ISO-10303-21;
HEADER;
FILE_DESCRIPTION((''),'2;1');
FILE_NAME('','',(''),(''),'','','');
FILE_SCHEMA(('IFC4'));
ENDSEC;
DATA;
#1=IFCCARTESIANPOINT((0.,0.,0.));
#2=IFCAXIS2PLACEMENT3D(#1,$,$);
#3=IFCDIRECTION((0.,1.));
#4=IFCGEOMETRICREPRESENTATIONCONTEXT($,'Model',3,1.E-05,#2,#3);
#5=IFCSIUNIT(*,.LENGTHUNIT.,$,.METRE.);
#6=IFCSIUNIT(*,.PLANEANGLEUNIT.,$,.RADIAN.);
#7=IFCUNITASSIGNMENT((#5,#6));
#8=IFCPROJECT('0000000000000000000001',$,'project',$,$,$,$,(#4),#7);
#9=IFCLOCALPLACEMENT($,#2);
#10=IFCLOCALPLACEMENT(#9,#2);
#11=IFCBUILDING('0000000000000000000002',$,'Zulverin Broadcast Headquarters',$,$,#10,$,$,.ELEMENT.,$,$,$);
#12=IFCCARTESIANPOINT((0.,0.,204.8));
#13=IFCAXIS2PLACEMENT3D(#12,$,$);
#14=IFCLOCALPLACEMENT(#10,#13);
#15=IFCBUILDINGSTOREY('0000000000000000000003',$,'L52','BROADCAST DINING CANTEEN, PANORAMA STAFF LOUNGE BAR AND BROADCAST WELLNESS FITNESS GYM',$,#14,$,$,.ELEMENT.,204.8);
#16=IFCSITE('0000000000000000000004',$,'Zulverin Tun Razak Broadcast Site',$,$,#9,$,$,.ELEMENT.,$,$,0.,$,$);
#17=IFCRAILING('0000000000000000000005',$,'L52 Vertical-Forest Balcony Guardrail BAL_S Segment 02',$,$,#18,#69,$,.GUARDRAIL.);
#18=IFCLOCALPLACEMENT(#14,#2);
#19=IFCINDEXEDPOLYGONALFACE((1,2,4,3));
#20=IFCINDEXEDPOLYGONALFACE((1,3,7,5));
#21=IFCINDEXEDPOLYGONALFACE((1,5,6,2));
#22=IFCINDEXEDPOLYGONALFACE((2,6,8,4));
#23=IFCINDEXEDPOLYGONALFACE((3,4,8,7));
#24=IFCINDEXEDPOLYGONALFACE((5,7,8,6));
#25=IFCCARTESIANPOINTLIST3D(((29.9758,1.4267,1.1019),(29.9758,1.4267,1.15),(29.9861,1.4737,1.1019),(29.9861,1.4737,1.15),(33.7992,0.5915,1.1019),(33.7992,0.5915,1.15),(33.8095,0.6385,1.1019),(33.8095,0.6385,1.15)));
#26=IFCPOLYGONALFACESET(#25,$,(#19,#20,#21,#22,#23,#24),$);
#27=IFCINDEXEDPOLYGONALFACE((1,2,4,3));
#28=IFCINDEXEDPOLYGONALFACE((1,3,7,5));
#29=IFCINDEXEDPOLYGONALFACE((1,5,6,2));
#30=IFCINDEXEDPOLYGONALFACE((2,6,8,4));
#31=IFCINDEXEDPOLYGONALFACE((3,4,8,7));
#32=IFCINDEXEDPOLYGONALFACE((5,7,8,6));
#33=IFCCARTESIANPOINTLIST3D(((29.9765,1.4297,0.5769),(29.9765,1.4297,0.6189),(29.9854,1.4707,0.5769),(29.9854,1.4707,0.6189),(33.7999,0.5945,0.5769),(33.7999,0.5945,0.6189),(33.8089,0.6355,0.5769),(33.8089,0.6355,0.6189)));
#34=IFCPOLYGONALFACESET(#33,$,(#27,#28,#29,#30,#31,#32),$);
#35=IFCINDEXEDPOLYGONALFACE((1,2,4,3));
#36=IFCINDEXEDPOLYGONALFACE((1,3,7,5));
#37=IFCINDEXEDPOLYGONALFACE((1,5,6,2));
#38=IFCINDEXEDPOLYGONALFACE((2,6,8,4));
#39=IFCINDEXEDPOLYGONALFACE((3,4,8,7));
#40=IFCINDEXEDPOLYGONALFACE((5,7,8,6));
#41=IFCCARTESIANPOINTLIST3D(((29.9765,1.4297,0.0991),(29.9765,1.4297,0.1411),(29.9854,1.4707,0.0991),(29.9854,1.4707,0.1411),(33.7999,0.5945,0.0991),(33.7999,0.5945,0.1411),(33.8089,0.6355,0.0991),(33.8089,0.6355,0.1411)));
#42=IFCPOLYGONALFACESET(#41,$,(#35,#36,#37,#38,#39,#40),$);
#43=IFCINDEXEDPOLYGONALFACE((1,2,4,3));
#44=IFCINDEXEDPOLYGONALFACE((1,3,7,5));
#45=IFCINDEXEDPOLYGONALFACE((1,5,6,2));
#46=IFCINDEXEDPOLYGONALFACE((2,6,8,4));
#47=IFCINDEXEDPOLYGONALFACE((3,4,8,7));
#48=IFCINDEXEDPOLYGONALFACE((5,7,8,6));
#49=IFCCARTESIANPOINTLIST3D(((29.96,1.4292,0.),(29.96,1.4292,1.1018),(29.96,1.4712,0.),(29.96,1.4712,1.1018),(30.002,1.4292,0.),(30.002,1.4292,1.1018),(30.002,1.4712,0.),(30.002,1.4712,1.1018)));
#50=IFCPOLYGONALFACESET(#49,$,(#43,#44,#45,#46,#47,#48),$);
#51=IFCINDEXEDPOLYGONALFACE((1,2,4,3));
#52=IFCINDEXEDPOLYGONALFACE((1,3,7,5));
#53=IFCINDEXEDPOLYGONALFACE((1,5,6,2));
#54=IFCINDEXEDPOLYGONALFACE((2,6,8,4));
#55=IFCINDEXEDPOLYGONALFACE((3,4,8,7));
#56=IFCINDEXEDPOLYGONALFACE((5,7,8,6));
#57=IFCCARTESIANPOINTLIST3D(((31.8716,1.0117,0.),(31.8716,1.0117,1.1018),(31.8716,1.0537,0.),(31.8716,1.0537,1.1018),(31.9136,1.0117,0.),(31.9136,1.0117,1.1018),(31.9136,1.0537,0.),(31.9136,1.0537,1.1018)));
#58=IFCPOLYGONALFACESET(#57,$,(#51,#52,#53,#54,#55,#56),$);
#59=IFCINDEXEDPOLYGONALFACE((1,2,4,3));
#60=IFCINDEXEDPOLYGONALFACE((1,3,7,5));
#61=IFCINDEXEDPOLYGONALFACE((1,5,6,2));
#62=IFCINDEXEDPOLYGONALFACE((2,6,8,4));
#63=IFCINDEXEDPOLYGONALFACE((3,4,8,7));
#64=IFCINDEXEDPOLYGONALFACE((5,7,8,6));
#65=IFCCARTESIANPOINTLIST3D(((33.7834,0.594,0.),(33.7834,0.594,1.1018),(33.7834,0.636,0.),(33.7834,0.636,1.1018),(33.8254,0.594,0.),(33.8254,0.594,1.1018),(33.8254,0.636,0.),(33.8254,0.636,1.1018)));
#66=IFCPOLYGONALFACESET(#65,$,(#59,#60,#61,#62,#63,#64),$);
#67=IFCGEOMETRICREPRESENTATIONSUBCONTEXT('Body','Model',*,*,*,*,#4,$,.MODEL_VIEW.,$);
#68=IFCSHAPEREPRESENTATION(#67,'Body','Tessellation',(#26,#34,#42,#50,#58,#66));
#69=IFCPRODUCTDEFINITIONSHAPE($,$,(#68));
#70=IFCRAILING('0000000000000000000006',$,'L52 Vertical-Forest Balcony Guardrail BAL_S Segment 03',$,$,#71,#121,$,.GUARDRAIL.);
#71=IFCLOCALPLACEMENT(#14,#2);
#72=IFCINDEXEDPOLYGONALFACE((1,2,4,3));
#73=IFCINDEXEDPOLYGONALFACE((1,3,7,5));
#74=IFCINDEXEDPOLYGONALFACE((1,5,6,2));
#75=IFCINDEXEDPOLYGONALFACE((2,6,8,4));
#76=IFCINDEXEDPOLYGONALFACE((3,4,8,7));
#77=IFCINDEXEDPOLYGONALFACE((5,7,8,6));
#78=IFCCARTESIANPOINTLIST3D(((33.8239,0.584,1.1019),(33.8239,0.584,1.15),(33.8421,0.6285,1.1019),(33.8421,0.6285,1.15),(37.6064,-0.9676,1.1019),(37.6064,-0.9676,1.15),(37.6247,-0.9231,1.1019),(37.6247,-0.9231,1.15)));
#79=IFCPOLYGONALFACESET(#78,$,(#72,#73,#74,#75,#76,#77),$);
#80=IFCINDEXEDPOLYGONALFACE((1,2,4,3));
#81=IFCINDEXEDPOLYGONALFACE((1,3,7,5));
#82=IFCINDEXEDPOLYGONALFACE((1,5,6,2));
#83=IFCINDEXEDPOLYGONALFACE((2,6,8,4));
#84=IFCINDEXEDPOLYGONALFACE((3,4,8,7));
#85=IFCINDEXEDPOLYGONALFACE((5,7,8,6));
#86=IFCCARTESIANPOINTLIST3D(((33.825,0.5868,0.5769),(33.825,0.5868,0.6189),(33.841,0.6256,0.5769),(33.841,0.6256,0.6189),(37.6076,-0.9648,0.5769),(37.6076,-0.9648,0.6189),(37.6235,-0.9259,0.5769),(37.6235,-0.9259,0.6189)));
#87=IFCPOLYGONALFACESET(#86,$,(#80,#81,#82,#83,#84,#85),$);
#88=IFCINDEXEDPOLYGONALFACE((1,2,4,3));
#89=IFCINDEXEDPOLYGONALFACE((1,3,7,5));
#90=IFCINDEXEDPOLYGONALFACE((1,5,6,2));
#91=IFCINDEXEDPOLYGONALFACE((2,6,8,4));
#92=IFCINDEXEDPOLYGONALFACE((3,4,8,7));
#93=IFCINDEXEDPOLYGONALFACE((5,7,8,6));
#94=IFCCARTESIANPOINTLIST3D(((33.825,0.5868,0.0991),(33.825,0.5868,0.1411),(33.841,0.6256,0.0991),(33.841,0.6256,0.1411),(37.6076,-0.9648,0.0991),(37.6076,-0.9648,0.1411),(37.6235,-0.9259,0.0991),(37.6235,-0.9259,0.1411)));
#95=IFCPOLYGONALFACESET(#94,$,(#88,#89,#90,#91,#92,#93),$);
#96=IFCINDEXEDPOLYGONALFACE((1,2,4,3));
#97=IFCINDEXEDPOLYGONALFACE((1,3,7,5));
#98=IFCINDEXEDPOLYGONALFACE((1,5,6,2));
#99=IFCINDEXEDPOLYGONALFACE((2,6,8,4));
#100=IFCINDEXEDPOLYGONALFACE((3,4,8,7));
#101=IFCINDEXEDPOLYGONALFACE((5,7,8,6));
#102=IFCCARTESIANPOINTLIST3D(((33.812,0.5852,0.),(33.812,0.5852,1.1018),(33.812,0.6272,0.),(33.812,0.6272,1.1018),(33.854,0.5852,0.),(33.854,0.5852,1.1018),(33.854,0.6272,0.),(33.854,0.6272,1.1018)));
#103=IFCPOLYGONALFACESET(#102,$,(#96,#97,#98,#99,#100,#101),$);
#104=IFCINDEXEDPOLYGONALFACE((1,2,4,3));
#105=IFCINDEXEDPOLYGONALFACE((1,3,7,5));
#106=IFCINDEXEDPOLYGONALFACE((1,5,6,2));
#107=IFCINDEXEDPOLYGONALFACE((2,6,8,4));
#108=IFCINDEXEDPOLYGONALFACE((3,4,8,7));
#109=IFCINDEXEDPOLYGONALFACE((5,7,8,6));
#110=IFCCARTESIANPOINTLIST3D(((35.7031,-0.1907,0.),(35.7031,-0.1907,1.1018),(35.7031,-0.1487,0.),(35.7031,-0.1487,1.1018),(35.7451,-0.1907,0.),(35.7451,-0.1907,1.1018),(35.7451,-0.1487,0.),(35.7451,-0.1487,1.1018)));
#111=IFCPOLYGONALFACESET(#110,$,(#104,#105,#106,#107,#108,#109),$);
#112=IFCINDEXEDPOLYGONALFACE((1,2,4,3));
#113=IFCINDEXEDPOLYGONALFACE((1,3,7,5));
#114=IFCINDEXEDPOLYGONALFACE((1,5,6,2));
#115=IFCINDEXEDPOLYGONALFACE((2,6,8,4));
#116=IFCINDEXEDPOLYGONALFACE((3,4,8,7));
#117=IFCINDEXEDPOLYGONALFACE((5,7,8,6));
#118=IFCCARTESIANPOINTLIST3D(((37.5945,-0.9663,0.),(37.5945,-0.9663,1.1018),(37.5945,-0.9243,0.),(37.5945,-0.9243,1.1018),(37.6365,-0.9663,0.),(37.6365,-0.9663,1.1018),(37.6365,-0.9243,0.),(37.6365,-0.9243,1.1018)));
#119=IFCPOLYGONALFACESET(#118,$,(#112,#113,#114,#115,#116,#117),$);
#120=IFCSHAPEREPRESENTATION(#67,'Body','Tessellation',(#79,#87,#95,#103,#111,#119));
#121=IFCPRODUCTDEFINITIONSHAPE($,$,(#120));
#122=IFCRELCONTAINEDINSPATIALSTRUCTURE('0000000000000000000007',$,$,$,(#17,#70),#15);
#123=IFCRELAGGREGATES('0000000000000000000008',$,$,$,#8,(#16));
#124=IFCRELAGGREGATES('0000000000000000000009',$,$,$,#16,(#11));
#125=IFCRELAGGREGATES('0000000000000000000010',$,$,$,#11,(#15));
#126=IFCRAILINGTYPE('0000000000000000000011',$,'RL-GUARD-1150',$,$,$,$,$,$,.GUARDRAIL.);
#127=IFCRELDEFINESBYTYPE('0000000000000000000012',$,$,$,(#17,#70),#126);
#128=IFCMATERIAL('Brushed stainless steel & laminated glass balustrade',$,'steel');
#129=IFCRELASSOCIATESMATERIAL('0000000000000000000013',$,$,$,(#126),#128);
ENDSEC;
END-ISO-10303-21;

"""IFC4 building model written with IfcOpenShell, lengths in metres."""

from ifc_helpers import new_model, si_unit, direction, frame, origin, origin_2d, place, context, subcontext, project, spatial, rectangle, extrude, material, type_object, element, save


model = new_model("IFC4")

# Units and contexts
model_context = context("Model", 3, precision=1e-05, world=origin(), true_north=direction((0.0, 1.0)))
body_context = subcontext(model_context, "Body", "Model", "MODEL_VIEW")
ifc_project = project(units=[si_unit("LENGTHUNIT", "METRE"), si_unit("PLANEANGLEUNIT", "RADIAN")], contexts=[model_context])

# Site, building, storey
site_placement = place(None, origin())
site = spatial("IfcSite", under=ifc_project, at=site_placement, Name="Zulverin Tun Razak Broadcast Site", CompositionType="ELEMENT", RefElevation=0.0)
building_placement = place(site_placement, origin())
building = spatial("IfcBuilding", under=site, at=building_placement, Name="Zulverin Broadcast Headquarters", CompositionType="ELEMENT")
storey_placement = place(building_placement, frame((0.0, 0.0, 204.8)))
storey = spatial("IfcBuildingStorey", under=building, at=storey_placement, Name="L52", Description="BROADCAST DINING CANTEEN, PANORAMA STAFF LOUNGE BAR AND BROADCAST WELLNESS FITNESS GYM", CompositionType="ELEMENT", Elevation=204.8)

# Railings
ifc_material_1 = material(Name="Brushed stainless steel & laminated glass balustrade", Category="steel")
railing_type = type_object("IfcRailingType", Name="RL-GUARD-1150", PredefinedType="GUARDRAIL", material=ifc_material_1)
railing_1_placement = place(storey_placement, frame((29.981, 1.4502, 0.0)))
element("IfcRailing", 1, at=railing_1_placement, inside=storey, type_object=railing_type, Name="L52 Vertical-Forest Balcony Guardrail BAL_S Segment 02", PredefinedType="GUARDRAIL", context=body_context, shape_type="SweptSolid", body=[
    extrude(rectangle(XDim=0.0481, YDim=0.0481, at=origin_2d()), frame((0.0, 0.0, 1.126), z_axis=(0.976963, -0.213409, 0.0), x_axis=(0.213409, 0.976963, 0.0)), (0.0, 0.0, 1.0), 3.9136),
    extrude(rectangle(XDim=0.042, YDim=0.042, at=origin_2d()), frame((0.0, 0.0, 0.5979), z_axis=(0.976963, -0.213409, 0.0), x_axis=(0.213409, 0.976963, 0.0)), (0.0, 0.0, 1.0), 3.9136),
    extrude(rectangle(XDim=0.042, YDim=0.042, at=origin_2d()), frame((0.0, 0.0, 0.1201), z_axis=(0.976963, -0.213409, 0.0), x_axis=(0.213409, 0.976963, 0.0)), (0.0, 0.0, 1.0), 3.9136),
    extrude(rectangle(XDim=0.042, YDim=0.042, at=origin_2d()), origin(), (0.0, 0.0, 1.0), 1.1018),
    extrude(rectangle(XDim=0.042, YDim=0.042, at=origin_2d()), frame((1.9116, -0.4175, 0.0)), (0.0, 0.0, 1.0), 1.1018),
    extrude(rectangle(XDim=0.042, YDim=0.042, at=origin_2d()), frame((3.8235, -0.8352, 0.0)), (0.0, 0.0, 1.0), 1.1018),
])
railing_2_placement = place(storey_placement, frame((33.833, 0.6062, 0.0)))
element("IfcRailing", 2, at=railing_2_placement, inside=storey, type_object=railing_type, Name="L52 Vertical-Forest Balcony Guardrail BAL_S Segment 03", PredefinedType="GUARDRAIL", context=body_context, shape_type="SweptSolid", body=[
    extrude(rectangle(XDim=0.0481, YDim=0.0481, at=origin_2d()), frame((0.0, 0.0, 1.126), z_axis=(0.925192, -0.3795, 0.0), x_axis=(0.3795, 0.925192, 0.0)), (0.0, 0.0, 1.0), 4.0884),
    extrude(rectangle(XDim=0.042, YDim=0.042, at=origin_2d()), frame((0.0, 0.0, 0.5979), z_axis=(0.925192, -0.3795, 0.0), x_axis=(0.3795, 0.925192, 0.0)), (0.0, 0.0, 1.0), 4.0884),
    extrude(rectangle(XDim=0.042, YDim=0.042, at=origin_2d()), frame((0.0, 0.0, 0.1201), z_axis=(0.925192, -0.3795, 0.0), x_axis=(0.3795, 0.925192, 0.0)), (0.0, 0.0, 1.0), 4.0884),
    extrude(rectangle(XDim=0.042, YDim=0.042, at=origin_2d()), origin(), (0.0, 0.0, 1.0), 1.1018),
    extrude(rectangle(XDim=0.042, YDim=0.042, at=origin_2d()), frame((1.8911, -0.7759, 0.0)), (0.0, 0.0, 1.0), 1.1018),
    extrude(rectangle(XDim=0.042, YDim=0.042, at=origin_2d()), frame((3.7825, -1.5515, 0.0)), (0.0, 0.0, 1.0), 1.1018),
])

save(model, "model.ifc")
